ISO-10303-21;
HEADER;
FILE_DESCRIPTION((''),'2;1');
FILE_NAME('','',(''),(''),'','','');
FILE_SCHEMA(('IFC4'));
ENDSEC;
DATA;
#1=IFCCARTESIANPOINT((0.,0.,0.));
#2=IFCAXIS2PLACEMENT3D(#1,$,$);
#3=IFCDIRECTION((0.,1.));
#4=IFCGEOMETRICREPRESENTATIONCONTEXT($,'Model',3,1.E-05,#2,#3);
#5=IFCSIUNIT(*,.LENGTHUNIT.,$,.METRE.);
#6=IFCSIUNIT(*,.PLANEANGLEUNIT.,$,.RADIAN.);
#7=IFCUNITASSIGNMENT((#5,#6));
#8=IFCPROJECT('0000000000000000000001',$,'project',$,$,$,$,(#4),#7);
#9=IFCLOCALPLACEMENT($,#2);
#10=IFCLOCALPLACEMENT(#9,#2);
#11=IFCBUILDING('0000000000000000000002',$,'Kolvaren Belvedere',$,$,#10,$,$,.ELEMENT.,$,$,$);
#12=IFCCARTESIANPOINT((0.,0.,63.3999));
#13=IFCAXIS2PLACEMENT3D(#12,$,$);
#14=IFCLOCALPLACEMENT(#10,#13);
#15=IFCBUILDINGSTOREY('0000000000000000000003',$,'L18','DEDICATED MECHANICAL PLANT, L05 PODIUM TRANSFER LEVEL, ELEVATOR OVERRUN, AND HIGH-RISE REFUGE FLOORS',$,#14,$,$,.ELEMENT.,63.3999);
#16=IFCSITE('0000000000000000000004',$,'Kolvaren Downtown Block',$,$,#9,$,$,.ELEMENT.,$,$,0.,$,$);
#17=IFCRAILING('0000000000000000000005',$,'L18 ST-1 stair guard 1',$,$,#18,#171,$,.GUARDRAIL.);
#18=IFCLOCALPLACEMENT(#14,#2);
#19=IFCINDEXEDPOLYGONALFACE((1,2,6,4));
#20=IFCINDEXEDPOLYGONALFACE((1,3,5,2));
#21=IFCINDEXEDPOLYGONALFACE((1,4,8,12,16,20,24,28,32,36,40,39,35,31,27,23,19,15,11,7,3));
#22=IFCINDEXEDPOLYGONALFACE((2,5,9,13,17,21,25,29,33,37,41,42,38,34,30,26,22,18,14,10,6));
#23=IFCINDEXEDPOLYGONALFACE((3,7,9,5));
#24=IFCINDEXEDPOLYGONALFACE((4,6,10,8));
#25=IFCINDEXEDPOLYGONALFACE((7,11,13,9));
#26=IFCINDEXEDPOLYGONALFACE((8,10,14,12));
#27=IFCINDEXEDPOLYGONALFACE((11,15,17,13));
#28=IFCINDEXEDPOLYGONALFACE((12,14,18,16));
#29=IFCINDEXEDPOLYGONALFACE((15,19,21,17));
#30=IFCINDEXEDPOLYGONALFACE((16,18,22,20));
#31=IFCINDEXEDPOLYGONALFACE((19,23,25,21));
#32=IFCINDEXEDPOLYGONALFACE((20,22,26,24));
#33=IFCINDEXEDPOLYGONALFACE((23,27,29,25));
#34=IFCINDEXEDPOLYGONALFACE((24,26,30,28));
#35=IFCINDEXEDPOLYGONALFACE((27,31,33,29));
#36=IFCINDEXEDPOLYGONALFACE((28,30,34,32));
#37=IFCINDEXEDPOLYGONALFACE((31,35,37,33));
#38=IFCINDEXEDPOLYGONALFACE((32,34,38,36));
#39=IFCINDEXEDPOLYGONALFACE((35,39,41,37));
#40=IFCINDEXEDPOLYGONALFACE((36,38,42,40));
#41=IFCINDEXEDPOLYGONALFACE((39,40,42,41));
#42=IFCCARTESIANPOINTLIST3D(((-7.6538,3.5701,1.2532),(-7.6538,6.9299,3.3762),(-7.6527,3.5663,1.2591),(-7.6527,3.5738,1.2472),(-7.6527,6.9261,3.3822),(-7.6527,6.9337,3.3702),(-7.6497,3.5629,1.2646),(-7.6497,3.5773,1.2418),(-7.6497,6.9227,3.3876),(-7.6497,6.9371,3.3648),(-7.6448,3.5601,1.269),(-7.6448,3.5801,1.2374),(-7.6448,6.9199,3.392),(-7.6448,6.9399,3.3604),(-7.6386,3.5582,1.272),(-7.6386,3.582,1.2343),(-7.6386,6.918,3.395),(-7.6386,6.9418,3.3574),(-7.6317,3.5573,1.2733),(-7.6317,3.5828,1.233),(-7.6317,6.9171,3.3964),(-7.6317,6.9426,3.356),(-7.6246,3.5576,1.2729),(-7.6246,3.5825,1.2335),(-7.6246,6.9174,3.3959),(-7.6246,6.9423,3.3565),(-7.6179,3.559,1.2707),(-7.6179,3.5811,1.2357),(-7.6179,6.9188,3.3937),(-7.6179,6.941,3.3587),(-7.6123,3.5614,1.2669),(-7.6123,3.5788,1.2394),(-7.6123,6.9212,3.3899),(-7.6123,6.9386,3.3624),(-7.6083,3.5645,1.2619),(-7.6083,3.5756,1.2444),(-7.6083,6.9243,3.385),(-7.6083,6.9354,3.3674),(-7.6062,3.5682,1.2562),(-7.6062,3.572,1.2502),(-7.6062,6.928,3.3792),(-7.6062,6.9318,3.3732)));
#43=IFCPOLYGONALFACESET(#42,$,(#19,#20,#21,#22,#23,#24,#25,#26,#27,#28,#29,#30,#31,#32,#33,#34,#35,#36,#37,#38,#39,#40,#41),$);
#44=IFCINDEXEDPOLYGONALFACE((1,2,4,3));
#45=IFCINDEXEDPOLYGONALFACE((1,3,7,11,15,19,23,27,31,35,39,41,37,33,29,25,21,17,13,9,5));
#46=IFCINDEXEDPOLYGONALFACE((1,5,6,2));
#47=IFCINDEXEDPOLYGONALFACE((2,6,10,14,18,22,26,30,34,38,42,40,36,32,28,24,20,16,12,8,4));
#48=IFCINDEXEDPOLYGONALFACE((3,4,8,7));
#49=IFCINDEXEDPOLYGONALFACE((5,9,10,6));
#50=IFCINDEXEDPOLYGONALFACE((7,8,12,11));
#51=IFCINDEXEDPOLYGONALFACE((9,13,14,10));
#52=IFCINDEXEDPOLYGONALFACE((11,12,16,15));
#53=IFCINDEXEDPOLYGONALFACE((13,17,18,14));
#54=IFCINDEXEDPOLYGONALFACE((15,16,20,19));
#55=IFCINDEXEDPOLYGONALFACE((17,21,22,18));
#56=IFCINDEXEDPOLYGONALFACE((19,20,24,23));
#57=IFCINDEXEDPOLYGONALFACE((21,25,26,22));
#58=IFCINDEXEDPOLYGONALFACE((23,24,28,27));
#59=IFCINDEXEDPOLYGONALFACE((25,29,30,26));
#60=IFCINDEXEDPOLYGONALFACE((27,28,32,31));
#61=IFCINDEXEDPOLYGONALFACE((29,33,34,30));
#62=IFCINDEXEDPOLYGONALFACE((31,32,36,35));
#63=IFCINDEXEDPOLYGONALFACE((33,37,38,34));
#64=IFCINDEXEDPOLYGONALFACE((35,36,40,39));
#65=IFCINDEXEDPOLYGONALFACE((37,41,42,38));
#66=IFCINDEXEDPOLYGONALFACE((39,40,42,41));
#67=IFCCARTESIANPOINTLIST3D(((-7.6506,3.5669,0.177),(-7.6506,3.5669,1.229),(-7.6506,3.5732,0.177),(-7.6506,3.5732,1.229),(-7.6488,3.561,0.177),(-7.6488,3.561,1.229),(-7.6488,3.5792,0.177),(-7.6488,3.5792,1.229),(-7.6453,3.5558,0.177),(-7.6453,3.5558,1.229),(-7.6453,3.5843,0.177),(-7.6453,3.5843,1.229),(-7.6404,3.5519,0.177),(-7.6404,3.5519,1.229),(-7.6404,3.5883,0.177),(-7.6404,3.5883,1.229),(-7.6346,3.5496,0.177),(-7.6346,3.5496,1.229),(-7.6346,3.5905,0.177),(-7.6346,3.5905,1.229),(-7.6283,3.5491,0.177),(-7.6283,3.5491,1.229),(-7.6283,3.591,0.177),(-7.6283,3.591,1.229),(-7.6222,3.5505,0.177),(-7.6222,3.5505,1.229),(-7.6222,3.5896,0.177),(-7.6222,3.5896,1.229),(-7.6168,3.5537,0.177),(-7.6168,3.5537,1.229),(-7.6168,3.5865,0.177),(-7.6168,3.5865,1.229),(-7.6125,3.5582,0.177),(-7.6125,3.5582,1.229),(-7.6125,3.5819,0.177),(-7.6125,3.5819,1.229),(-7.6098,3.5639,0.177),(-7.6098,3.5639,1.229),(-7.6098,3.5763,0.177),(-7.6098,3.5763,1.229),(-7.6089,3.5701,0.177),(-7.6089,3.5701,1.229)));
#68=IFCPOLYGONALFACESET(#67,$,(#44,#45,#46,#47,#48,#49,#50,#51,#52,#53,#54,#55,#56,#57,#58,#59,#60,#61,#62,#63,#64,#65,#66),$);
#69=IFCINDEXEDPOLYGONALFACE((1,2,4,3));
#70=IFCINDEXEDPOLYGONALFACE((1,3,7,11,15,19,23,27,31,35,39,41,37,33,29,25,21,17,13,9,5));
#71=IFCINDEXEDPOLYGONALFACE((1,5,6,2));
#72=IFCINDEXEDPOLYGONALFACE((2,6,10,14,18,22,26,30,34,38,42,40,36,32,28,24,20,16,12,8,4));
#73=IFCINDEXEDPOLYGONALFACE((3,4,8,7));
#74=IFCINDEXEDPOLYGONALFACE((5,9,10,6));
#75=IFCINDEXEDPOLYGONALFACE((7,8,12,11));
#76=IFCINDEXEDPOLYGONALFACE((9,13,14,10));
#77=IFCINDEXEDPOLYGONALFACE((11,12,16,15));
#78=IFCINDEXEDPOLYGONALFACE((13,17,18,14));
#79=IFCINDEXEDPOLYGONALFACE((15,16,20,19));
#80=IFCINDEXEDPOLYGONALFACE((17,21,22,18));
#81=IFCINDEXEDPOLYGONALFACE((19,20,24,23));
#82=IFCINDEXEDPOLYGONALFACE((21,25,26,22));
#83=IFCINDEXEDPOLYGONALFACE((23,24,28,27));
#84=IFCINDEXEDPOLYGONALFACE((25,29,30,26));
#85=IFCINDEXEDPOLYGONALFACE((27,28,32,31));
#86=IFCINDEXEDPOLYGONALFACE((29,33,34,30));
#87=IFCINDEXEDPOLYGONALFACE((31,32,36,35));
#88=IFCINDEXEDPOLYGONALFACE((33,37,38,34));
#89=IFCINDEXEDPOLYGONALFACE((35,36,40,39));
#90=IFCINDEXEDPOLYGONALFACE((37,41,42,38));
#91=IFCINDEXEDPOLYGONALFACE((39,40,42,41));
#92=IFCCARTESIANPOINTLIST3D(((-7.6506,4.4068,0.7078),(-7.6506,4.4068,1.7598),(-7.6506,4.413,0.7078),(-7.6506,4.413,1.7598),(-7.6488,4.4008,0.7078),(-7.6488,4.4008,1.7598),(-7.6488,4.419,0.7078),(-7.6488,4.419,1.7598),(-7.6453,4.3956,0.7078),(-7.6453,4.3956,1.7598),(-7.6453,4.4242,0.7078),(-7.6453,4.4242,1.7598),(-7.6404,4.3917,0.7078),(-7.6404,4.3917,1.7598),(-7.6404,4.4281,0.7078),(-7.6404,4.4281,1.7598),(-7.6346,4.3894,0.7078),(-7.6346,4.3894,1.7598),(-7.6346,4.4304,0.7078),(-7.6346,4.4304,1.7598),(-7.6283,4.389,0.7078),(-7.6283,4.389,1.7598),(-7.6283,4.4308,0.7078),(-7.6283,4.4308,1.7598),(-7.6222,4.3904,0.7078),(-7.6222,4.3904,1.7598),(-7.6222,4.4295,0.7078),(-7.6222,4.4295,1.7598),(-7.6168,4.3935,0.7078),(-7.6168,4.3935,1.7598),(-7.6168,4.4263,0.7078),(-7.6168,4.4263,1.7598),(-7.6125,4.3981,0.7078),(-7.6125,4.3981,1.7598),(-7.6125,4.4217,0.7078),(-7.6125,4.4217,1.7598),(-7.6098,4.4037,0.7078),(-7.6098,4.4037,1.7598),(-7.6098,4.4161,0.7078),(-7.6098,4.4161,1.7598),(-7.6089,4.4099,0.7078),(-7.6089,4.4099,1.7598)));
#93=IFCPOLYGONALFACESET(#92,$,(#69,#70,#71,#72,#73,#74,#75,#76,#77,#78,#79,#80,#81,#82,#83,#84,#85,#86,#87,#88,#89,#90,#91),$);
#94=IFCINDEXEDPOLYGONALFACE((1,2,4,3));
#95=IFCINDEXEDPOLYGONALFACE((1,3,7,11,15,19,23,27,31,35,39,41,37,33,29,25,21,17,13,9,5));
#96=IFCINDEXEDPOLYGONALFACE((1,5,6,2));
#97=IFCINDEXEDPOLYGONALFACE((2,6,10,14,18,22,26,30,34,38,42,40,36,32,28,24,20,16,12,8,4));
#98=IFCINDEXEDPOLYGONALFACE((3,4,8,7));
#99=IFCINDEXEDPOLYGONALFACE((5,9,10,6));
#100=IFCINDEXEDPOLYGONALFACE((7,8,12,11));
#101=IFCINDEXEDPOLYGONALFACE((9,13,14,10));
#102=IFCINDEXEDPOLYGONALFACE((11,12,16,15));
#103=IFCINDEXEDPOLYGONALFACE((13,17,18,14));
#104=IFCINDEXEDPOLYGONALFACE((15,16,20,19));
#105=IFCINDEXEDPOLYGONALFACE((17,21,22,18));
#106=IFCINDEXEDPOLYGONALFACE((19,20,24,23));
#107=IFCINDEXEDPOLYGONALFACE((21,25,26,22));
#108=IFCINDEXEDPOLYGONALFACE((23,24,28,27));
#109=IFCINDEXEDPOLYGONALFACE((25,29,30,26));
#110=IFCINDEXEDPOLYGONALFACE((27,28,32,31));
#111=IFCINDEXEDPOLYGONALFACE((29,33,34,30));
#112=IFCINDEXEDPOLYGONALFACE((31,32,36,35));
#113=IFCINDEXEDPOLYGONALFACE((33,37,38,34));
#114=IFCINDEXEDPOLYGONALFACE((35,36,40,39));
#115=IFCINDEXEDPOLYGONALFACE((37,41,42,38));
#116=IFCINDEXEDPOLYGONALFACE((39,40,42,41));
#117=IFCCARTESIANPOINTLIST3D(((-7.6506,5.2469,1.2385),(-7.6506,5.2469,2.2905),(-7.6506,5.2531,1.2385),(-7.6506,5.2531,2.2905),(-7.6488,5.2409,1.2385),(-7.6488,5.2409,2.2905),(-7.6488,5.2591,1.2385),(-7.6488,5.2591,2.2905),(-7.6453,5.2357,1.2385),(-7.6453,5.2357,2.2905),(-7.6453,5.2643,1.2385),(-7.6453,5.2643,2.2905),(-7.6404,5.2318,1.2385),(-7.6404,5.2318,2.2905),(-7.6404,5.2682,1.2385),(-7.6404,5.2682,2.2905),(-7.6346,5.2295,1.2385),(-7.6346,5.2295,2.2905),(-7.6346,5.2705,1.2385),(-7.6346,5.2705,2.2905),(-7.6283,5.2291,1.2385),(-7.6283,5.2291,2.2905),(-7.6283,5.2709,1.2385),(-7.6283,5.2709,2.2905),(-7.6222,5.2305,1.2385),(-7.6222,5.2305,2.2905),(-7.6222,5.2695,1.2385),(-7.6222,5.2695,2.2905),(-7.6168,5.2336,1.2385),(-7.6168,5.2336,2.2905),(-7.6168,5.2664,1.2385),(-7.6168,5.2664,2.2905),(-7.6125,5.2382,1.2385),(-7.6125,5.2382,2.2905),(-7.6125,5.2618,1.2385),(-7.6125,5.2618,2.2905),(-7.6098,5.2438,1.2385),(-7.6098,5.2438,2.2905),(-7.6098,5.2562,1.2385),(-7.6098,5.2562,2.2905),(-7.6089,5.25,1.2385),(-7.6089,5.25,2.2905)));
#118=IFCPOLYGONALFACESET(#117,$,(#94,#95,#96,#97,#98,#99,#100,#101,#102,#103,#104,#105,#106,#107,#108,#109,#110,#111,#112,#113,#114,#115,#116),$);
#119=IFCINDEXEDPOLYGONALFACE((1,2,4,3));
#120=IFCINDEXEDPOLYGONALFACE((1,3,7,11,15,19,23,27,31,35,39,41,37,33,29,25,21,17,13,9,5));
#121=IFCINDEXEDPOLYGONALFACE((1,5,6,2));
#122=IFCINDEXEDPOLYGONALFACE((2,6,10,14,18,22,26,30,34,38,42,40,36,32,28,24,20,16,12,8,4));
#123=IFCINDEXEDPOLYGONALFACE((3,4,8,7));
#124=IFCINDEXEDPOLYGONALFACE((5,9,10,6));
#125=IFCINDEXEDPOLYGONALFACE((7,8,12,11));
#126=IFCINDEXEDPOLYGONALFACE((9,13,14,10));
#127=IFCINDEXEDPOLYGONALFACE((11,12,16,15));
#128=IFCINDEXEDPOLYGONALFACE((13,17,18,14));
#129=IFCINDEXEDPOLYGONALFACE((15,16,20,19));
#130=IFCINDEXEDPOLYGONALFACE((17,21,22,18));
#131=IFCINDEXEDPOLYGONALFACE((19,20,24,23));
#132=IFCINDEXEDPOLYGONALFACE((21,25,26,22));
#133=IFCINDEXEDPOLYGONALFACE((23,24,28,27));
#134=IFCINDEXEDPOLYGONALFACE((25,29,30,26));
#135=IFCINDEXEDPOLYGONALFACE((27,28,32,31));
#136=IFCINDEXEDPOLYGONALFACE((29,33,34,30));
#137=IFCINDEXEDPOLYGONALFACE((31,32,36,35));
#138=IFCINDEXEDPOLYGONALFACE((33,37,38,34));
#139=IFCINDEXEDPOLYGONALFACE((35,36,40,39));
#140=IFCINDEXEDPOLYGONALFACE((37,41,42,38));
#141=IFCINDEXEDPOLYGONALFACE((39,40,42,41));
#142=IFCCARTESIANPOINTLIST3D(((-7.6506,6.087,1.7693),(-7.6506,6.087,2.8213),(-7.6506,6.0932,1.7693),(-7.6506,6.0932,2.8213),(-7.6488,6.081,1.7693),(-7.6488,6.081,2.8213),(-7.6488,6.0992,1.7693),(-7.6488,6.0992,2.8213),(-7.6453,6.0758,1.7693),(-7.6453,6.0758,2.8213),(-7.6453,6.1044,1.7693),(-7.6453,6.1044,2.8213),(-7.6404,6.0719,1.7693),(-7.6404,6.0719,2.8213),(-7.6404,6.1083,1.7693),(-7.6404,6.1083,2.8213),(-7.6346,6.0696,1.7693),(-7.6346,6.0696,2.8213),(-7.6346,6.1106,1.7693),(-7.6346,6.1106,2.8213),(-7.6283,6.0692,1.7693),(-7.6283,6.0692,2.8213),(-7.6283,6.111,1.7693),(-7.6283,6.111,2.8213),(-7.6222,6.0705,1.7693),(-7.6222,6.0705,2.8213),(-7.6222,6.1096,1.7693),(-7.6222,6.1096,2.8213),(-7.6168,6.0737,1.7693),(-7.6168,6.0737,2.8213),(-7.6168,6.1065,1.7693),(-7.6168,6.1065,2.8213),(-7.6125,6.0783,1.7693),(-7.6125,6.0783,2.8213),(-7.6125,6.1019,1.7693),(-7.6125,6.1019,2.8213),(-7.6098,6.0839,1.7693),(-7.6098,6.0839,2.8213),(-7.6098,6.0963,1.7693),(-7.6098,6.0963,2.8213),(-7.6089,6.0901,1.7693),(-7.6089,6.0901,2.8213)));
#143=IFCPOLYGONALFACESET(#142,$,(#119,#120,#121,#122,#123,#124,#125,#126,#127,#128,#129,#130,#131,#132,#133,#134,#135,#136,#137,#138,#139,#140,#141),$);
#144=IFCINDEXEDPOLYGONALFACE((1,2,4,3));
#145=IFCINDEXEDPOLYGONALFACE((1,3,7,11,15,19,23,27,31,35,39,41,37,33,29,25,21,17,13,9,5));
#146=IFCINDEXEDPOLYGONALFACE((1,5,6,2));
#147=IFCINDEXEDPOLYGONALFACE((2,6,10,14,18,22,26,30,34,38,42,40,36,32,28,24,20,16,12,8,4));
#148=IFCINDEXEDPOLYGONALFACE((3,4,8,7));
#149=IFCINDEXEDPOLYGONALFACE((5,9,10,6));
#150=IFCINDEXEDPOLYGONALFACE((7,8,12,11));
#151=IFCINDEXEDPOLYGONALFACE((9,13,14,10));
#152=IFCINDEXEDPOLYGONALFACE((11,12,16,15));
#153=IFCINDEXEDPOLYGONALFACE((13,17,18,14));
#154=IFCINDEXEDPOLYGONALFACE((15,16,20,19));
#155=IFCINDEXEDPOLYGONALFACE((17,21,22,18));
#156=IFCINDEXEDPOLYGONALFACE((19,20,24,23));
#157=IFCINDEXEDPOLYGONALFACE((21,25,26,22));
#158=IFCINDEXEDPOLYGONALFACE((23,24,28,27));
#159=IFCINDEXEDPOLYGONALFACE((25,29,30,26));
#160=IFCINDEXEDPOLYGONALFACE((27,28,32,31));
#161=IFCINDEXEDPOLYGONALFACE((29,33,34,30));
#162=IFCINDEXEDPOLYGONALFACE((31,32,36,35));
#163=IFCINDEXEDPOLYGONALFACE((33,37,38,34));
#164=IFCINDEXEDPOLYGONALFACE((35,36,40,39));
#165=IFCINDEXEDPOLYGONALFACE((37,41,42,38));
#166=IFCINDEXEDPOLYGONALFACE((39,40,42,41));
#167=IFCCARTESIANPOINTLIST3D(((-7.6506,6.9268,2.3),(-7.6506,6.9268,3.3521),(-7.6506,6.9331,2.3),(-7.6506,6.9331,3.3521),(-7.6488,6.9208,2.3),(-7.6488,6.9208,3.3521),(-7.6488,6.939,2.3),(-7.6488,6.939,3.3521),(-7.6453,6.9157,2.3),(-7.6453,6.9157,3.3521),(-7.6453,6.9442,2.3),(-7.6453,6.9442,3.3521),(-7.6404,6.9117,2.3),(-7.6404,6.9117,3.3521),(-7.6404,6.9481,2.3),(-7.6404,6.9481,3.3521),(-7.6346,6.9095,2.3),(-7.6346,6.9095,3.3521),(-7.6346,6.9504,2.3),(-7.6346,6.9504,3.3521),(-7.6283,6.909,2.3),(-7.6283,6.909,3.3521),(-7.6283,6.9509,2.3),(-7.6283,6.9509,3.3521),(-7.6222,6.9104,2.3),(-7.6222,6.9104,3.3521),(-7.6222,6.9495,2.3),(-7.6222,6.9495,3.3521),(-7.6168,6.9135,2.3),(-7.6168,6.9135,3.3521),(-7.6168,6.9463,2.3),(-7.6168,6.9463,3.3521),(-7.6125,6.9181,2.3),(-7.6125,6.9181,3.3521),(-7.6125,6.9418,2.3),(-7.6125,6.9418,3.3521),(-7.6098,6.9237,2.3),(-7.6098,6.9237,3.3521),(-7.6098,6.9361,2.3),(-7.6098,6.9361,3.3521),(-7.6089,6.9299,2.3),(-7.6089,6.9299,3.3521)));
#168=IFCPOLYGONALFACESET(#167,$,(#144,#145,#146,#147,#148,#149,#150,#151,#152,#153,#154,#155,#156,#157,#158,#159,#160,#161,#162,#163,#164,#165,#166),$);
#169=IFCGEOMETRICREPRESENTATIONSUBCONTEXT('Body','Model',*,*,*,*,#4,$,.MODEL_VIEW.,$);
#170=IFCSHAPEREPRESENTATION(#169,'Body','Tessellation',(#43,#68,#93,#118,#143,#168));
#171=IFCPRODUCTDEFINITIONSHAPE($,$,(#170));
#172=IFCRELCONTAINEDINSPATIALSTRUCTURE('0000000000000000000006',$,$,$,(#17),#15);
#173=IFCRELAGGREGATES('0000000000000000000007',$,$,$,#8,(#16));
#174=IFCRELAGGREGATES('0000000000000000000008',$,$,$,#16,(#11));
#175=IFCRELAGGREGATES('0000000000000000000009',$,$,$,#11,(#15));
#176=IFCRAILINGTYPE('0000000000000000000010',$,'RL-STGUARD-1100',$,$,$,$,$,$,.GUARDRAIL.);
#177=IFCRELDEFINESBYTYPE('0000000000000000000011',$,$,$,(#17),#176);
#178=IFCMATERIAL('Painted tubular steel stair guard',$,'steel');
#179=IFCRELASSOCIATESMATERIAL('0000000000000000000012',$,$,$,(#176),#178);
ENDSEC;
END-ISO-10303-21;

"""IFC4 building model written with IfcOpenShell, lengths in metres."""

from ifc_helpers import new_model, si_unit, direction, frame, origin, origin_2d, place, context, subcontext, project, spatial, circle, extrude, material, type_object, element, save


model = new_model("IFC4")

# Units and contexts
model_context = context("Model", 3, precision=1e-05, world=origin(), true_north=direction((0.0, 1.0)))
body_context = subcontext(model_context, "Body", "Model", "MODEL_VIEW")
ifc_project = project(units=[si_unit("LENGTHUNIT", "METRE"), si_unit("PLANEANGLEUNIT", "RADIAN")], contexts=[model_context])

# Site, building, storey
site_placement = place(None, origin())
site = spatial("IfcSite", under=ifc_project, at=site_placement, Name="Kolvaren Downtown Block", CompositionType="ELEMENT", RefElevation=0.0)
building_placement = place(site_placement, origin())
building = spatial("IfcBuilding", under=site, at=building_placement, Name="Kolvaren Belvedere", CompositionType="ELEMENT")
storey_placement = place(building_placement, frame((0.0, 0.0, 63.3999)))
storey = spatial("IfcBuildingStorey", under=building, at=storey_placement, Name="L18", Description="DEDICATED MECHANICAL PLANT, L05 PODIUM TRANSFER LEVEL, ELEVATOR OVERRUN, AND HIGH-RISE REFUGE FLOORS", CompositionType="ELEMENT", Elevation=63.3999)

# Railing
ifc_material_1 = material(Name="Painted tubular steel stair guard", Category="steel")
railing_type_1 = type_object("IfcRailingType", Name="RL-STGUARD-1100", PredefinedType="GUARDRAIL", material=ifc_material_1)
railing_1_placement = place(storey_placement, frame((-7.6299, 3.5701, 0.177)))
element("IfcRailing", 1, at=railing_1_placement, inside=storey, type_object=railing_type_1, Name="L18 ST-1 stair guard 1", PredefinedType="GUARDRAIL", context=body_context, shape_type="SweptSolid", body=[
    extrude(circle(Radius=0.0239, at=origin_2d()), frame((0.0, 0.0, 1.0762), z_axis=(0.0, 0.845372, 0.534178), x_axis=(-1.0, 0.0, 0.0)), (0.0, 0.0, 1.0), 3.9744),
    extrude(circle(Radius=0.021, at=origin_2d()), origin(), (0.0, 0.0, 1.0), 1.052),
    extrude(circle(Radius=0.021, at=origin_2d()), frame((0.0, 0.8398, 0.5308)), (0.0, 0.0, 1.0), 1.052),
    extrude(circle(Radius=0.021, at=origin_2d()), frame((0.0, 1.6799, 1.0615)), (0.0, 0.0, 1.0), 1.052),
    extrude(circle(Radius=0.021, at=origin_2d()), frame((0.0, 2.52, 1.5923)), (0.0, 0.0, 1.0), 1.052),
    extrude(circle(Radius=0.021, at=origin_2d()), frame((0.0, 3.3599, 2.123)), (0.0, 0.0, 1.0), 1.052),
])

save(model, "model.ifc")
